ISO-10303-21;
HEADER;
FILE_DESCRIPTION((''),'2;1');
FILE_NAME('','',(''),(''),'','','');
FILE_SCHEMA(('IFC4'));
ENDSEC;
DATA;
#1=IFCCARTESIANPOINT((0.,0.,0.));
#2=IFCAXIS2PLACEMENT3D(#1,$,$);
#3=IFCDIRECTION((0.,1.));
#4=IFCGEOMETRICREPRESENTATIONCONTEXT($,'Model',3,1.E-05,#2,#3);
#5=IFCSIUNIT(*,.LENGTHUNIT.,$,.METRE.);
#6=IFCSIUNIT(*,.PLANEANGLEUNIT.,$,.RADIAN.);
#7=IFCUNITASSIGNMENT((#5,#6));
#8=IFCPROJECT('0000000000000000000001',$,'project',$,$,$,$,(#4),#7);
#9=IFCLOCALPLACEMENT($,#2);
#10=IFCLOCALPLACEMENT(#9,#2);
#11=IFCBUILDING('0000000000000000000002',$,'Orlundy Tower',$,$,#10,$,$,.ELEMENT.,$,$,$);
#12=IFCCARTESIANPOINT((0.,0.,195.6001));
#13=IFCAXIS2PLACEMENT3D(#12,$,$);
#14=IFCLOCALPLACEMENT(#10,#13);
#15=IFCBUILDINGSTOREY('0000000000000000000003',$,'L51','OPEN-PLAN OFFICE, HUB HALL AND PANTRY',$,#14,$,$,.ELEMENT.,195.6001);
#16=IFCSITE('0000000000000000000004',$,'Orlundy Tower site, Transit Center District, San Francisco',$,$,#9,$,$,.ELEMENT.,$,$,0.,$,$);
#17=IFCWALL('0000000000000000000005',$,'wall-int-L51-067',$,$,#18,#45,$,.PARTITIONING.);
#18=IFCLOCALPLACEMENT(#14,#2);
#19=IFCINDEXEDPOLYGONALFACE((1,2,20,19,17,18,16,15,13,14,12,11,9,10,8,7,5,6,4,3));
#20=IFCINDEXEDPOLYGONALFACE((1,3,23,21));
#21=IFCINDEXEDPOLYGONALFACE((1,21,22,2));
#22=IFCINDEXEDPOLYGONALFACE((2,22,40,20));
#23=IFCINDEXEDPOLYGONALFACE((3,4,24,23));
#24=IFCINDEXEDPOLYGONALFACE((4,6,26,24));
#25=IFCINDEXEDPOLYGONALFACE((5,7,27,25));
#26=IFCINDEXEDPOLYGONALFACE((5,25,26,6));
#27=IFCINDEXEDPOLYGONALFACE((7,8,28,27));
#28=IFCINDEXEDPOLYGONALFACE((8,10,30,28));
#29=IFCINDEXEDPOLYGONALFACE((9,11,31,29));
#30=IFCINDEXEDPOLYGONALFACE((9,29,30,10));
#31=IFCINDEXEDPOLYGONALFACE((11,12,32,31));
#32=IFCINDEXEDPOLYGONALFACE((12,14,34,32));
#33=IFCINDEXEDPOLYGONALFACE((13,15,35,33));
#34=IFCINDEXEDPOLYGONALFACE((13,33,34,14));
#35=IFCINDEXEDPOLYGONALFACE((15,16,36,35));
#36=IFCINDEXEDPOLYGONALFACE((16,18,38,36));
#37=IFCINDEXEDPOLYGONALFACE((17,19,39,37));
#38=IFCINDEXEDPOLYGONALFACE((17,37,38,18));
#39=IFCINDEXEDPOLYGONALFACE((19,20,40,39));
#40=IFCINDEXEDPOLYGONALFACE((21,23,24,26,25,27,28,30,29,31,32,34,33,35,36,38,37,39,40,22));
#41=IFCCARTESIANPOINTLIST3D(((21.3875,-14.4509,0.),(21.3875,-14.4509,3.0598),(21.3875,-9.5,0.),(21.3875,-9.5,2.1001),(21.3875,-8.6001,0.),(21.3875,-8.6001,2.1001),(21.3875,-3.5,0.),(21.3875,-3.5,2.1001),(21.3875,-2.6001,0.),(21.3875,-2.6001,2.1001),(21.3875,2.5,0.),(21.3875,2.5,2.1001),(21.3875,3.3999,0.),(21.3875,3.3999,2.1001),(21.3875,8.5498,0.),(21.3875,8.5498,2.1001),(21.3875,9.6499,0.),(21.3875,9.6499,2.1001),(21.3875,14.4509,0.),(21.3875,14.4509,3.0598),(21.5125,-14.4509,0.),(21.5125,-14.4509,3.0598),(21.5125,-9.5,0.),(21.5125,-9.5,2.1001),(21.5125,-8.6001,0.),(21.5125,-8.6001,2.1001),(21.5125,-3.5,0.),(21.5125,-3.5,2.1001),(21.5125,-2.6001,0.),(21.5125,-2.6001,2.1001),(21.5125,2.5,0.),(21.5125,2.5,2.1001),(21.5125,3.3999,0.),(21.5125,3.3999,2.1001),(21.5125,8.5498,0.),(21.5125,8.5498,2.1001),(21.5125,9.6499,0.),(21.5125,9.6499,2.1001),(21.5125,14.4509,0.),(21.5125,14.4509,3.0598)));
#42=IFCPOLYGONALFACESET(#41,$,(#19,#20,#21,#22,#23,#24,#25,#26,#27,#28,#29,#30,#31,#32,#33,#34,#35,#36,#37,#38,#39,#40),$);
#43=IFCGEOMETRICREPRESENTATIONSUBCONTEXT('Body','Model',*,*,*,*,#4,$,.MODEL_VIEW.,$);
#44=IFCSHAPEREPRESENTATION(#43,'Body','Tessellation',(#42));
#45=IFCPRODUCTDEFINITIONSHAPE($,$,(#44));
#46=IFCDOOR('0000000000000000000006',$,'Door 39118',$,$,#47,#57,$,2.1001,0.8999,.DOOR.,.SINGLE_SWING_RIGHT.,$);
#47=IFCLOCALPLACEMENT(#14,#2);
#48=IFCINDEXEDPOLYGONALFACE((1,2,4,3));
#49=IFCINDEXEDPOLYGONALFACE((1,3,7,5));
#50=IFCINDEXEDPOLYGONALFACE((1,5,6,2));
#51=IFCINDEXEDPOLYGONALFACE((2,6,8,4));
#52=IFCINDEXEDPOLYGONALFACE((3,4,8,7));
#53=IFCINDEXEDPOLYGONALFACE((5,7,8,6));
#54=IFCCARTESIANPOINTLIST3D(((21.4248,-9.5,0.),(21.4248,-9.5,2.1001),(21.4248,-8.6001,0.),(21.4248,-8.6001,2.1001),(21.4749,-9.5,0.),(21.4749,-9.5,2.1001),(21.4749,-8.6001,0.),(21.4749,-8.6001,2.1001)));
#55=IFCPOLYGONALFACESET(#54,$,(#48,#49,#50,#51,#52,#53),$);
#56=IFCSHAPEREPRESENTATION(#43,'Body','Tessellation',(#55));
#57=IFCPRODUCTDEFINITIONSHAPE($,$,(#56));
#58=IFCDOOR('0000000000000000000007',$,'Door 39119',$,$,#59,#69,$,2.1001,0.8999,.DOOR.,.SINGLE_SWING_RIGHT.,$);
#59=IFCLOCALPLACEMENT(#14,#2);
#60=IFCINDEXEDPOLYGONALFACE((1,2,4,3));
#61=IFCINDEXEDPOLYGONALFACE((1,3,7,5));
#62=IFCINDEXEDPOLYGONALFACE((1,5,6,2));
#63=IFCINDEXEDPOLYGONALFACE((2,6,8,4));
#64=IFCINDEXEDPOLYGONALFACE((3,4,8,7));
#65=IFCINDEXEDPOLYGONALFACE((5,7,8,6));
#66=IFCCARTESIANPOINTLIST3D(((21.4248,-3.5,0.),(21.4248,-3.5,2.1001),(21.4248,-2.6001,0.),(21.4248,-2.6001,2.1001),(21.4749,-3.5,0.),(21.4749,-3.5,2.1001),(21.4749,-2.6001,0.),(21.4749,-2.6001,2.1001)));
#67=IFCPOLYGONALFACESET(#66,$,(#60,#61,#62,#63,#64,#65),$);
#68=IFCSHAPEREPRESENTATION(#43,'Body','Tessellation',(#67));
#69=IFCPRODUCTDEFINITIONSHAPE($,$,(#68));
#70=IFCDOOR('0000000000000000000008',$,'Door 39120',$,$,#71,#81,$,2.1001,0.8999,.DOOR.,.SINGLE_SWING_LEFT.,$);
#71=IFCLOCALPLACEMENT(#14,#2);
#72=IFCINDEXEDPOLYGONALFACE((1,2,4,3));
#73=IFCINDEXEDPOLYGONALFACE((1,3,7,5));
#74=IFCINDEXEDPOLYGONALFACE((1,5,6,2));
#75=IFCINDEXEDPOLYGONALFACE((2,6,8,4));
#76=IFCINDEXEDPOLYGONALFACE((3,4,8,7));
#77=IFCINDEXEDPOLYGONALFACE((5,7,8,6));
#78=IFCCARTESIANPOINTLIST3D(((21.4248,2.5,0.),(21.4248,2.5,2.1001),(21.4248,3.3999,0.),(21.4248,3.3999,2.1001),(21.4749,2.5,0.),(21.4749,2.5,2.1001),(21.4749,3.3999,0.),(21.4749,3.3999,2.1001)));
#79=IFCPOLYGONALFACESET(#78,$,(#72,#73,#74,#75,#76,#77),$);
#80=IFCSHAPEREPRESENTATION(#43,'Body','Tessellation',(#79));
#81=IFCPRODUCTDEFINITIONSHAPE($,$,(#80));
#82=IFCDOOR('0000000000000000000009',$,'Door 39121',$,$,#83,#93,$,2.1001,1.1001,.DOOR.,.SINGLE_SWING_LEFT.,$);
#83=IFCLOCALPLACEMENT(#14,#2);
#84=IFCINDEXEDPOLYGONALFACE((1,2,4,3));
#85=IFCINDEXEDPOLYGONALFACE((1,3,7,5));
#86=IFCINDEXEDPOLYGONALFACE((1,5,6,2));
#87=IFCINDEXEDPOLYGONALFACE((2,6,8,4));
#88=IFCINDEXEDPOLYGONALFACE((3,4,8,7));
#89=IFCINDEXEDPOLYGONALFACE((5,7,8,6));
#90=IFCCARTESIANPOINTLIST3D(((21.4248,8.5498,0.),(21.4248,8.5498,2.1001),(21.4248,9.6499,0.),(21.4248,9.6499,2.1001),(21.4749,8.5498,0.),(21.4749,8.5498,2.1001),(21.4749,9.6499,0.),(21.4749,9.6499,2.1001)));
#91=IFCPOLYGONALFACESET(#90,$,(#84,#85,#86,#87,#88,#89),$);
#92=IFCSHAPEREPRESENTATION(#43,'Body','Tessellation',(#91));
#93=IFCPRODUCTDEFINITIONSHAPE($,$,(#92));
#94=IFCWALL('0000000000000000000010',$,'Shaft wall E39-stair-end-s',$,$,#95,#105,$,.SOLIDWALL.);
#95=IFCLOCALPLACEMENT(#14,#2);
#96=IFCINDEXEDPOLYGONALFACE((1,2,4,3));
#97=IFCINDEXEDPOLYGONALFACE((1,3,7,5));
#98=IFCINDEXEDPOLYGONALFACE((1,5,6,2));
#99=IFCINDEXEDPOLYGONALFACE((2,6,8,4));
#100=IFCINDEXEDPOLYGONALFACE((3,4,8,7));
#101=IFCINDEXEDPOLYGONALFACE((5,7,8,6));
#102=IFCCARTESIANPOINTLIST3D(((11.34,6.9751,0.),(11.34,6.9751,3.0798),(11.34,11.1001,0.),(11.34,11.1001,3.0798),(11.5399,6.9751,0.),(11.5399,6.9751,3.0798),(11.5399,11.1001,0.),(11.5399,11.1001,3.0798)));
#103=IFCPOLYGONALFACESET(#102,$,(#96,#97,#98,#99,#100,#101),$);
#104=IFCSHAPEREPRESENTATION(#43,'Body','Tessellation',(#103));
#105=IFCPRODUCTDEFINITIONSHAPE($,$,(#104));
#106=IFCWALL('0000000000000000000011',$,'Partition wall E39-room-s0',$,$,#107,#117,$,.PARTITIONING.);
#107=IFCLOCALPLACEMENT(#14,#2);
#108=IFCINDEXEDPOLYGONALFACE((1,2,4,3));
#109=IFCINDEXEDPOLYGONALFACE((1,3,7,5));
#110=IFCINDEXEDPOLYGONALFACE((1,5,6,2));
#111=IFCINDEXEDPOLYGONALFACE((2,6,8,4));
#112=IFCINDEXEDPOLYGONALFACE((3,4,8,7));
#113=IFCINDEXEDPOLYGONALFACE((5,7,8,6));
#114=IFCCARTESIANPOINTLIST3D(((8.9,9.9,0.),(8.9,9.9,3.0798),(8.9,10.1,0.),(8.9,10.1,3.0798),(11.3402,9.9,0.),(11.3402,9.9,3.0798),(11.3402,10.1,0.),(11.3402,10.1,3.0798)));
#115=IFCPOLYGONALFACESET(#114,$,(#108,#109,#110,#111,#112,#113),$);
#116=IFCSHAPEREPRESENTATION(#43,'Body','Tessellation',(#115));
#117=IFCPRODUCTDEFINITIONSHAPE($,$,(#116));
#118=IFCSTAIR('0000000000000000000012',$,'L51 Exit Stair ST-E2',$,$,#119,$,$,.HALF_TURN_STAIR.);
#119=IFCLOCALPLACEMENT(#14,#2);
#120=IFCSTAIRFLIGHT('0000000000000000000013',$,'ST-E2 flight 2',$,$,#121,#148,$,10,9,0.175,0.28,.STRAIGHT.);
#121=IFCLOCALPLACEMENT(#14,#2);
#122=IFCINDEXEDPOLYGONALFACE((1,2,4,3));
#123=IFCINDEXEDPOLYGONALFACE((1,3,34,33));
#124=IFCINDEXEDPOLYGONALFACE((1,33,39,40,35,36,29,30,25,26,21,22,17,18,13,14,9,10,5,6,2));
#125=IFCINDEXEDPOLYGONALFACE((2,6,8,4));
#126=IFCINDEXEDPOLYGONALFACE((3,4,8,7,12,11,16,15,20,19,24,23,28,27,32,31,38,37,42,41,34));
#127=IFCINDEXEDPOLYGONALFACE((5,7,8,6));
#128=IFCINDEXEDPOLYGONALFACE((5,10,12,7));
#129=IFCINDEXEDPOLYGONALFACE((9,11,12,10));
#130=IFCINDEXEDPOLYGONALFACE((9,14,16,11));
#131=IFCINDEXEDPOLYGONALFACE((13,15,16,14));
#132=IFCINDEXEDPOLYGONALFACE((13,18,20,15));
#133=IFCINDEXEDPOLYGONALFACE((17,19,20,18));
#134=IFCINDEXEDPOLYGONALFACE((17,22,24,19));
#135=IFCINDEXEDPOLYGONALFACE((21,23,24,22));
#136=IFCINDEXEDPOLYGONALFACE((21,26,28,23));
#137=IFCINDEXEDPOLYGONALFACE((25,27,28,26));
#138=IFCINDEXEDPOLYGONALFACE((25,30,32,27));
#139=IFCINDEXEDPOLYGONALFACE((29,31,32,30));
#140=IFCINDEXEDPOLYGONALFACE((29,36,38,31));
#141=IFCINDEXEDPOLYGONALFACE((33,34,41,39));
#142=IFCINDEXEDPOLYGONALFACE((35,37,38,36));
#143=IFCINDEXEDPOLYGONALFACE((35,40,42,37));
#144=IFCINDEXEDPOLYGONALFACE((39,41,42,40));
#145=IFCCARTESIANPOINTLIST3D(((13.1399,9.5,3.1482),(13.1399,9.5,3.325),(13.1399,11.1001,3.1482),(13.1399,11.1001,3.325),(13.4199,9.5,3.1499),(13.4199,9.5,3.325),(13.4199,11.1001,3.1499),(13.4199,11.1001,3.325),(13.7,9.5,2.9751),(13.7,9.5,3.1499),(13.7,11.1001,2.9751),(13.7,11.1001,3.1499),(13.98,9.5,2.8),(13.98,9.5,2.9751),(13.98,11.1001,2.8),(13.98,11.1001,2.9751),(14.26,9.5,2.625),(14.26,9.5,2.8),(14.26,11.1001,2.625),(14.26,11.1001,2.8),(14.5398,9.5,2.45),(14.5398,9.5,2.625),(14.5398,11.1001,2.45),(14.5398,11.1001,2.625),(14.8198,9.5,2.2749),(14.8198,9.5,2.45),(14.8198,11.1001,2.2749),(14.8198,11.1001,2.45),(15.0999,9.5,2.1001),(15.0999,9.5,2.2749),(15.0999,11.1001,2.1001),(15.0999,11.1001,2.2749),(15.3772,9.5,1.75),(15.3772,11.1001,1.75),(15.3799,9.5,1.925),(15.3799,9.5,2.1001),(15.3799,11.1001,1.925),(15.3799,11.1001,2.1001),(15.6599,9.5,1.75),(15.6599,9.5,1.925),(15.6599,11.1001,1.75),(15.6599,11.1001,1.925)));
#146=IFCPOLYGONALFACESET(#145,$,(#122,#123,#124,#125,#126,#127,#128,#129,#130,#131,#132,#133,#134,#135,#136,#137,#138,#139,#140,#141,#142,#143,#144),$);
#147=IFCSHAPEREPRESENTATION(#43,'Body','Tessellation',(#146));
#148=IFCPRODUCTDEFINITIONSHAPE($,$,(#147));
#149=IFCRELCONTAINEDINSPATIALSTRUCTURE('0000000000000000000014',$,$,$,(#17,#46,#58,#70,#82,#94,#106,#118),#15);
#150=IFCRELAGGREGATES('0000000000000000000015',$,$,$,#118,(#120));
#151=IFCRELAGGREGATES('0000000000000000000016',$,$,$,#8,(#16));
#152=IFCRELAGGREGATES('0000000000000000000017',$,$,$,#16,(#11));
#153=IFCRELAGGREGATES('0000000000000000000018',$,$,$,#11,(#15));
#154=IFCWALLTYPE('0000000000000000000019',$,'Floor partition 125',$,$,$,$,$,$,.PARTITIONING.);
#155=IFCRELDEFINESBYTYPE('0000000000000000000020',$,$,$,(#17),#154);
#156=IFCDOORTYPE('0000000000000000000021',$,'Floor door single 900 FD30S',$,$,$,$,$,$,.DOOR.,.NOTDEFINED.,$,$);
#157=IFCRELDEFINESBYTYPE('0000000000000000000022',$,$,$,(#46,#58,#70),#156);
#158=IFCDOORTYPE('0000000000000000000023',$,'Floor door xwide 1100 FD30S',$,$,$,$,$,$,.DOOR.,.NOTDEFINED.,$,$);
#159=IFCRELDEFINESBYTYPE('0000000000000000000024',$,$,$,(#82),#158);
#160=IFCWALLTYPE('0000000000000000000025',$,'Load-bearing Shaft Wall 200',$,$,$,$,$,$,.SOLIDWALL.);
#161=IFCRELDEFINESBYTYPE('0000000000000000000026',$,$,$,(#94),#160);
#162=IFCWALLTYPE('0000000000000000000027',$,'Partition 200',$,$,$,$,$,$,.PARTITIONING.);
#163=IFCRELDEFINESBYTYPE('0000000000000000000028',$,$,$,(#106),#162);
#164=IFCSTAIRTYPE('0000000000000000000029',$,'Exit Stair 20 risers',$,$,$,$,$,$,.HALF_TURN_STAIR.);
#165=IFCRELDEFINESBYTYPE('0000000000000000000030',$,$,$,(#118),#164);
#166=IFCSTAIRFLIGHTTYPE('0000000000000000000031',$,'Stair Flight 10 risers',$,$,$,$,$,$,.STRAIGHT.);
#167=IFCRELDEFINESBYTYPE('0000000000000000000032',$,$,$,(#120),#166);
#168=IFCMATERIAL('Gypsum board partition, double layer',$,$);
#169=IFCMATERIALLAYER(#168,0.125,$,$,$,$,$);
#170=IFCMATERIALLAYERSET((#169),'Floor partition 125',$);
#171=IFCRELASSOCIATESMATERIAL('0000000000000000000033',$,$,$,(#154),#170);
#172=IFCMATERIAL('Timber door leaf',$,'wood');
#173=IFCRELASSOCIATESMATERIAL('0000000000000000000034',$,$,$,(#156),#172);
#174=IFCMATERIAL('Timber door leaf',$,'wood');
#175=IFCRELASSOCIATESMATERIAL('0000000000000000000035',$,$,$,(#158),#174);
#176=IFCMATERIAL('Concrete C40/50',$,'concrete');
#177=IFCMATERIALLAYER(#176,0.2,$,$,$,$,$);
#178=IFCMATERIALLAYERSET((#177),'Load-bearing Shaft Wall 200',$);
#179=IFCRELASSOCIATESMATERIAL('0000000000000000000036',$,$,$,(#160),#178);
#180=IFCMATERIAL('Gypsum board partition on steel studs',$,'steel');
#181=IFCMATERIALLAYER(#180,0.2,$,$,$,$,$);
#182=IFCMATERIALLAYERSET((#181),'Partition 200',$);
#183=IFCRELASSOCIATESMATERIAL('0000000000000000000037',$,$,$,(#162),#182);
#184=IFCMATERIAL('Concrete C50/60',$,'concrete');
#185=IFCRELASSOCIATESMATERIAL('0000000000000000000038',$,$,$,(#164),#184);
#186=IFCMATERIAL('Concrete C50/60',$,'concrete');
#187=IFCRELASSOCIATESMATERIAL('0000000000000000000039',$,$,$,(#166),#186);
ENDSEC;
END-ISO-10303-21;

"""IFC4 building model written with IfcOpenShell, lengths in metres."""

from ifc_helpers import new_model, si_unit, direction, frame, frame_2d, origin, place, context, subcontext, project, spatial, polyline, rectangle, outline, extrude, material, layer, layer_set, type_object, element, fill, aggregate, save


model = new_model("IFC4")

# Units and contexts
model_context = context("Model", 3, precision=1e-05, world=origin(), true_north=direction((0.0, 1.0)))
body_context = subcontext(model_context, "Body", "Model", "MODEL_VIEW")
ifc_project = project(units=[si_unit("LENGTHUNIT", "METRE"), si_unit("PLANEANGLEUNIT", "RADIAN")], contexts=[model_context])

# Site, building, storey
site_placement = place(None, origin())
site = spatial("IfcSite", under=ifc_project, at=site_placement, Name="Orlundy Tower site, Transit Center District, San Francisco", CompositionType="ELEMENT", RefElevation=0.0)
building_placement = place(site_placement, origin())
building = spatial("IfcBuilding", under=site, at=building_placement, Name="Orlundy Tower", CompositionType="ELEMENT")
storey_placement = place(building_placement, frame((0.0, 0.0, 195.6001)))
storey = spatial("IfcBuildingStorey", under=building, at=storey_placement, Name="L51", Description="OPEN-PLAN OFFICE, HUB HALL AND PANTRY", CompositionType="ELEMENT", Elevation=195.6001)

# Shared definitions
ifc_material_1 = material(Name="Gypsum board partition, double layer")
ifc_layer_1 = layer(ifc_material_1, 0.125)
ifc_layer_set_1 = layer_set([ifc_layer_1], Name="Floor partition 125")
wall_type_1 = type_object("IfcWallType", Name="Floor partition 125", PredefinedType="PARTITIONING", material=ifc_layer_set_1)

# Wall, openings, doors
wall_1_placement = place(storey_placement, frame((21.45, 14.4509, 0.0), z_axis=(0.0, 0.0, 1.0), x_axis=(0.0, -1.0, 0.0)))
wall_1 = element("IfcWall", 1, at=wall_1_placement, inside=storey, type_object=wall_type_1, Name="wall-int-L51-067", PredefinedType="PARTITIONING", context=body_context, shape_type="SweptSolid", body=[
    extrude(rectangle(XDim=28.9019, YDim=0.125, at=frame_2d((14.4509, 0.0))), origin(), (0.0, 0.0, 1.0), 3.0598),
])
opening_1_placement = place(wall_1_placement, frame((23.051, 0.0, 0.0)))
opening_1 = element("IfcOpeningElement", 2, at=opening_1_placement, cuts=wall_1, PredefinedType="OPENING", context=body_context, shape_type="SweptSolid", body=[
    extrude(rectangle(XDim=0.8999, YDim=2.1001, at=frame_2d((0.45, 1.05))), frame((0.0, 0.0725, 0.0), z_axis=(0.0, -1.0, 0.0), x_axis=(1.0, 0.0, 0.0)), (0.0, 0.0, 1.0), 0.145),
])
opening_2_placement = place(wall_1_placement, frame((17.051, 0.0, 0.0)))
opening_2 = element("IfcOpeningElement", 3, at=opening_2_placement, cuts=wall_1, PredefinedType="OPENING", context=body_context, shape_type="SweptSolid", body=[
    extrude(rectangle(XDim=0.8999, YDim=2.1001, at=frame_2d((0.45, 1.05))), frame((0.0, 0.0725, 0.0), z_axis=(0.0, -1.0, 0.0), x_axis=(1.0, 0.0, 0.0)), (0.0, 0.0, 1.0), 0.145),
])
opening_3_placement = place(wall_1_placement, frame((11.051, 0.0, 0.0)))
opening_3 = element("IfcOpeningElement", 4, at=opening_3_placement, cuts=wall_1, PredefinedType="OPENING", context=body_context, shape_type="SweptSolid", body=[
    extrude(rectangle(XDim=0.8999, YDim=2.1001, at=frame_2d((0.45, 1.05))), frame((0.0, 0.0725, 0.0), z_axis=(0.0, -1.0, 0.0), x_axis=(1.0, 0.0, 0.0)), (0.0, 0.0, 1.0), 0.145),
])
opening_4_placement = place(wall_1_placement, frame((4.801, 0.0, 0.0)))
opening_4 = element("IfcOpeningElement", 5, at=opening_4_placement, cuts=wall_1, PredefinedType="OPENING", context=body_context, shape_type="SweptSolid", body=[
    extrude(rectangle(XDim=1.1001, YDim=2.1001, at=frame_2d((0.55, 1.05))), frame((0.0, 0.0725, 0.0), z_axis=(0.0, -1.0, 0.0), x_axis=(1.0, 0.0, 0.0)), (0.0, 0.0, 1.0), 0.145),
])
ifc_material_2 = material(Name="Timber door leaf", Category="wood")
door_type_1 = type_object("IfcDoorType", Name="Floor door single 900 FD30S", OperationType="NOTDEFINED", PredefinedType="DOOR", material=ifc_material_2)
door_1_placement = place(opening_1_placement, origin())
door_1 = element("IfcDoor", 6, at=door_1_placement, inside=storey, type_object=door_type_1, Name="Door 39118", OperationType="SINGLE_SWING_RIGHT", OverallHeight=2.1001, OverallWidth=0.8999, PredefinedType="DOOR", context=body_context, shape_type="SweptSolid", body=[
    extrude(rectangle(XDim=0.8999, YDim=2.1001, at=frame_2d((0.45, 1.05))), frame((0.0, 0.0249, 0.0), z_axis=(0.0, -1.0, 0.0), x_axis=(1.0, 0.0, 0.0)), (0.0, 0.0, 1.0), 0.05),
])
fill(opening_1, door_1)
door_2_placement = place(opening_2_placement, origin())
door_2 = element("IfcDoor", 7, at=door_2_placement, inside=storey, type_object=door_type_1, Name="Door 39119", OperationType="SINGLE_SWING_RIGHT", OverallHeight=2.1001, OverallWidth=0.8999, PredefinedType="DOOR", context=body_context, shape_type="SweptSolid", body=[
    extrude(rectangle(XDim=0.8999, YDim=2.1001, at=frame_2d((0.45, 1.05))), frame((0.0, 0.0249, 0.0), z_axis=(0.0, -1.0, 0.0), x_axis=(1.0, 0.0, 0.0)), (0.0, 0.0, 1.0), 0.05),
])
fill(opening_2, door_2)
door_3_placement = place(opening_3_placement, origin())
door_3 = element("IfcDoor", 8, at=door_3_placement, inside=storey, type_object=door_type_1, Name="Door 39120", OperationType="SINGLE_SWING_LEFT", OverallHeight=2.1001, OverallWidth=0.8999, PredefinedType="DOOR", context=body_context, shape_type="SweptSolid", body=[
    extrude(rectangle(XDim=0.8999, YDim=2.1001, at=frame_2d((0.45, 1.05))), frame((0.0, 0.0249, 0.0), z_axis=(0.0, -1.0, 0.0), x_axis=(1.0, 0.0, 0.0)), (0.0, 0.0, 1.0), 0.05),
])
fill(opening_3, door_3)
ifc_material_3 = material(Name="Timber door leaf", Category="wood")
door_type_2 = type_object("IfcDoorType", Name="Floor door xwide 1100 FD30S", OperationType="NOTDEFINED", PredefinedType="DOOR", material=ifc_material_3)
door_4_placement = place(opening_4_placement, origin())
door_4 = element("IfcDoor", 9, at=door_4_placement, inside=storey, type_object=door_type_2, Name="Door 39121", OperationType="SINGLE_SWING_LEFT", OverallHeight=2.1001, OverallWidth=1.1001, PredefinedType="DOOR", context=body_context, shape_type="SweptSolid", body=[
    extrude(rectangle(XDim=1.1001, YDim=2.1001, at=frame_2d((0.55, 1.05))), frame((0.0, 0.0249, 0.0), z_axis=(0.0, -1.0, 0.0), x_axis=(1.0, 0.0, 0.0)), (0.0, 0.0, 1.0), 0.05),
])
fill(opening_4, door_4)

# Walls
ifc_material_4 = material(Name="Concrete C40/50", Category="concrete")
ifc_layer_2 = layer(ifc_material_4, 0.2)
ifc_layer_set_2 = layer_set([ifc_layer_2], Name="Load-bearing Shaft Wall 200")
wall_type_2 = type_object("IfcWallType", Name="Load-bearing Shaft Wall 200", PredefinedType="SOLIDWALL", material=ifc_layer_set_2)
wall_2_placement = place(storey_placement, frame((11.4399, 11.1001, 0.0), z_axis=(0.0, 0.0, 1.0), x_axis=(0.0, -1.0, 0.0)))
element("IfcWall", 10, at=wall_2_placement, inside=storey, type_object=wall_type_2, Name="Shaft wall E39-stair-end-s", PredefinedType="SOLIDWALL", context=body_context, shape_type="SweptSolid", body=[
    extrude(rectangle(XDim=4.125, YDim=0.2, at=frame_2d((2.0625, 0.0))), origin(), (0.0, 0.0, 1.0), 3.0798),
])
ifc_material_5 = material(Name="Gypsum board partition on steel studs", Category="steel")
ifc_layer_3 = layer(ifc_material_5, 0.2)
ifc_layer_set_3 = layer_set([ifc_layer_3], Name="Partition 200")
wall_type_3 = type_object("IfcWallType", Name="Partition 200", PredefinedType="PARTITIONING", material=ifc_layer_set_3)
wall_3_placement = place(storey_placement, frame((8.8999, 10.0, 0.0), z_axis=(0.0, 0.0, 1.0), x_axis=(1.0, 0.0, 0.0)))
element("IfcWall", 11, at=wall_3_placement, inside=storey, type_object=wall_type_3, Name="Partition wall E39-room-s0", PredefinedType="PARTITIONING", context=body_context, shape_type="SweptSolid", body=[
    extrude(rectangle(XDim=2.4402, YDim=0.2, at=frame_2d((1.2202, 0.0))), origin(), (0.0, 0.0, 1.0), 3.0798),
])

# Stair, stair flight
ifc_material_6 = material(Name="Concrete C50/60", Category="concrete")
stair_type = type_object("IfcStairType", Name="Exit Stair 20 risers", PredefinedType="HALF_TURN_STAIR", material=ifc_material_6)
stair_placement = place(storey_placement, origin())
stair = element("IfcStair", 12, at=stair_placement, inside=storey, type_object=stair_type, Name="L51 Exit Stair ST-E2", PredefinedType="HALF_TURN_STAIR")
ifc_material_7 = material(Name="Concrete C50/60", Category="concrete")
stair_flight_type = type_object("IfcStairFlightType", Name="Stair Flight 10 risers", PredefinedType="STRAIGHT", material=ifc_material_7)
stair_flight_placement = place(storey_placement, frame((15.6599, 10.3, 1.75), z_axis=(0.0, 0.0, 1.0), x_axis=(-1.0, 0.0, 0.0)))
stair_flight = element("IfcStairFlight", 13, at=stair_flight_placement, type_object=stair_flight_type, Name="ST-E2 flight 2", NumberOfRisers=10, NumberOfTreads=9, PredefinedType="STRAIGHT", RiserHeight=0.175, TreadLength=0.28, context=body_context, shape_type="SweptSolid", body=[
    extrude(outline(polyline([(0.0, 0.0), (0.0, 0.175), (0.28, 0.175), (0.28, 0.3501), (0.5601, 0.3501), (0.5601, 0.5249), (0.8401, 0.5249), (0.8401, 0.7), (1.1201, 0.7), (1.1201, 0.875), (1.3999, 0.875), (1.3999, 1.05), (1.6799, 1.05), (1.6799, 1.2251), (1.96, 1.2251), (1.96, 1.3999), (2.24, 1.3999), (2.24, 1.575), (2.52, 1.575), (2.52, 1.75), (2.52, 1.3982), (0.2827, 0.0), (0.0, 0.0)])), frame((0.0, 0.8, 0.0), z_axis=(0.0, -1.0, 0.0), x_axis=(1.0, 0.0, 0.0)), (0.0, 0.0, 1.0), 1.6001),
])
aggregate(stair, [stair_flight])

save(model, "model.ifc")
